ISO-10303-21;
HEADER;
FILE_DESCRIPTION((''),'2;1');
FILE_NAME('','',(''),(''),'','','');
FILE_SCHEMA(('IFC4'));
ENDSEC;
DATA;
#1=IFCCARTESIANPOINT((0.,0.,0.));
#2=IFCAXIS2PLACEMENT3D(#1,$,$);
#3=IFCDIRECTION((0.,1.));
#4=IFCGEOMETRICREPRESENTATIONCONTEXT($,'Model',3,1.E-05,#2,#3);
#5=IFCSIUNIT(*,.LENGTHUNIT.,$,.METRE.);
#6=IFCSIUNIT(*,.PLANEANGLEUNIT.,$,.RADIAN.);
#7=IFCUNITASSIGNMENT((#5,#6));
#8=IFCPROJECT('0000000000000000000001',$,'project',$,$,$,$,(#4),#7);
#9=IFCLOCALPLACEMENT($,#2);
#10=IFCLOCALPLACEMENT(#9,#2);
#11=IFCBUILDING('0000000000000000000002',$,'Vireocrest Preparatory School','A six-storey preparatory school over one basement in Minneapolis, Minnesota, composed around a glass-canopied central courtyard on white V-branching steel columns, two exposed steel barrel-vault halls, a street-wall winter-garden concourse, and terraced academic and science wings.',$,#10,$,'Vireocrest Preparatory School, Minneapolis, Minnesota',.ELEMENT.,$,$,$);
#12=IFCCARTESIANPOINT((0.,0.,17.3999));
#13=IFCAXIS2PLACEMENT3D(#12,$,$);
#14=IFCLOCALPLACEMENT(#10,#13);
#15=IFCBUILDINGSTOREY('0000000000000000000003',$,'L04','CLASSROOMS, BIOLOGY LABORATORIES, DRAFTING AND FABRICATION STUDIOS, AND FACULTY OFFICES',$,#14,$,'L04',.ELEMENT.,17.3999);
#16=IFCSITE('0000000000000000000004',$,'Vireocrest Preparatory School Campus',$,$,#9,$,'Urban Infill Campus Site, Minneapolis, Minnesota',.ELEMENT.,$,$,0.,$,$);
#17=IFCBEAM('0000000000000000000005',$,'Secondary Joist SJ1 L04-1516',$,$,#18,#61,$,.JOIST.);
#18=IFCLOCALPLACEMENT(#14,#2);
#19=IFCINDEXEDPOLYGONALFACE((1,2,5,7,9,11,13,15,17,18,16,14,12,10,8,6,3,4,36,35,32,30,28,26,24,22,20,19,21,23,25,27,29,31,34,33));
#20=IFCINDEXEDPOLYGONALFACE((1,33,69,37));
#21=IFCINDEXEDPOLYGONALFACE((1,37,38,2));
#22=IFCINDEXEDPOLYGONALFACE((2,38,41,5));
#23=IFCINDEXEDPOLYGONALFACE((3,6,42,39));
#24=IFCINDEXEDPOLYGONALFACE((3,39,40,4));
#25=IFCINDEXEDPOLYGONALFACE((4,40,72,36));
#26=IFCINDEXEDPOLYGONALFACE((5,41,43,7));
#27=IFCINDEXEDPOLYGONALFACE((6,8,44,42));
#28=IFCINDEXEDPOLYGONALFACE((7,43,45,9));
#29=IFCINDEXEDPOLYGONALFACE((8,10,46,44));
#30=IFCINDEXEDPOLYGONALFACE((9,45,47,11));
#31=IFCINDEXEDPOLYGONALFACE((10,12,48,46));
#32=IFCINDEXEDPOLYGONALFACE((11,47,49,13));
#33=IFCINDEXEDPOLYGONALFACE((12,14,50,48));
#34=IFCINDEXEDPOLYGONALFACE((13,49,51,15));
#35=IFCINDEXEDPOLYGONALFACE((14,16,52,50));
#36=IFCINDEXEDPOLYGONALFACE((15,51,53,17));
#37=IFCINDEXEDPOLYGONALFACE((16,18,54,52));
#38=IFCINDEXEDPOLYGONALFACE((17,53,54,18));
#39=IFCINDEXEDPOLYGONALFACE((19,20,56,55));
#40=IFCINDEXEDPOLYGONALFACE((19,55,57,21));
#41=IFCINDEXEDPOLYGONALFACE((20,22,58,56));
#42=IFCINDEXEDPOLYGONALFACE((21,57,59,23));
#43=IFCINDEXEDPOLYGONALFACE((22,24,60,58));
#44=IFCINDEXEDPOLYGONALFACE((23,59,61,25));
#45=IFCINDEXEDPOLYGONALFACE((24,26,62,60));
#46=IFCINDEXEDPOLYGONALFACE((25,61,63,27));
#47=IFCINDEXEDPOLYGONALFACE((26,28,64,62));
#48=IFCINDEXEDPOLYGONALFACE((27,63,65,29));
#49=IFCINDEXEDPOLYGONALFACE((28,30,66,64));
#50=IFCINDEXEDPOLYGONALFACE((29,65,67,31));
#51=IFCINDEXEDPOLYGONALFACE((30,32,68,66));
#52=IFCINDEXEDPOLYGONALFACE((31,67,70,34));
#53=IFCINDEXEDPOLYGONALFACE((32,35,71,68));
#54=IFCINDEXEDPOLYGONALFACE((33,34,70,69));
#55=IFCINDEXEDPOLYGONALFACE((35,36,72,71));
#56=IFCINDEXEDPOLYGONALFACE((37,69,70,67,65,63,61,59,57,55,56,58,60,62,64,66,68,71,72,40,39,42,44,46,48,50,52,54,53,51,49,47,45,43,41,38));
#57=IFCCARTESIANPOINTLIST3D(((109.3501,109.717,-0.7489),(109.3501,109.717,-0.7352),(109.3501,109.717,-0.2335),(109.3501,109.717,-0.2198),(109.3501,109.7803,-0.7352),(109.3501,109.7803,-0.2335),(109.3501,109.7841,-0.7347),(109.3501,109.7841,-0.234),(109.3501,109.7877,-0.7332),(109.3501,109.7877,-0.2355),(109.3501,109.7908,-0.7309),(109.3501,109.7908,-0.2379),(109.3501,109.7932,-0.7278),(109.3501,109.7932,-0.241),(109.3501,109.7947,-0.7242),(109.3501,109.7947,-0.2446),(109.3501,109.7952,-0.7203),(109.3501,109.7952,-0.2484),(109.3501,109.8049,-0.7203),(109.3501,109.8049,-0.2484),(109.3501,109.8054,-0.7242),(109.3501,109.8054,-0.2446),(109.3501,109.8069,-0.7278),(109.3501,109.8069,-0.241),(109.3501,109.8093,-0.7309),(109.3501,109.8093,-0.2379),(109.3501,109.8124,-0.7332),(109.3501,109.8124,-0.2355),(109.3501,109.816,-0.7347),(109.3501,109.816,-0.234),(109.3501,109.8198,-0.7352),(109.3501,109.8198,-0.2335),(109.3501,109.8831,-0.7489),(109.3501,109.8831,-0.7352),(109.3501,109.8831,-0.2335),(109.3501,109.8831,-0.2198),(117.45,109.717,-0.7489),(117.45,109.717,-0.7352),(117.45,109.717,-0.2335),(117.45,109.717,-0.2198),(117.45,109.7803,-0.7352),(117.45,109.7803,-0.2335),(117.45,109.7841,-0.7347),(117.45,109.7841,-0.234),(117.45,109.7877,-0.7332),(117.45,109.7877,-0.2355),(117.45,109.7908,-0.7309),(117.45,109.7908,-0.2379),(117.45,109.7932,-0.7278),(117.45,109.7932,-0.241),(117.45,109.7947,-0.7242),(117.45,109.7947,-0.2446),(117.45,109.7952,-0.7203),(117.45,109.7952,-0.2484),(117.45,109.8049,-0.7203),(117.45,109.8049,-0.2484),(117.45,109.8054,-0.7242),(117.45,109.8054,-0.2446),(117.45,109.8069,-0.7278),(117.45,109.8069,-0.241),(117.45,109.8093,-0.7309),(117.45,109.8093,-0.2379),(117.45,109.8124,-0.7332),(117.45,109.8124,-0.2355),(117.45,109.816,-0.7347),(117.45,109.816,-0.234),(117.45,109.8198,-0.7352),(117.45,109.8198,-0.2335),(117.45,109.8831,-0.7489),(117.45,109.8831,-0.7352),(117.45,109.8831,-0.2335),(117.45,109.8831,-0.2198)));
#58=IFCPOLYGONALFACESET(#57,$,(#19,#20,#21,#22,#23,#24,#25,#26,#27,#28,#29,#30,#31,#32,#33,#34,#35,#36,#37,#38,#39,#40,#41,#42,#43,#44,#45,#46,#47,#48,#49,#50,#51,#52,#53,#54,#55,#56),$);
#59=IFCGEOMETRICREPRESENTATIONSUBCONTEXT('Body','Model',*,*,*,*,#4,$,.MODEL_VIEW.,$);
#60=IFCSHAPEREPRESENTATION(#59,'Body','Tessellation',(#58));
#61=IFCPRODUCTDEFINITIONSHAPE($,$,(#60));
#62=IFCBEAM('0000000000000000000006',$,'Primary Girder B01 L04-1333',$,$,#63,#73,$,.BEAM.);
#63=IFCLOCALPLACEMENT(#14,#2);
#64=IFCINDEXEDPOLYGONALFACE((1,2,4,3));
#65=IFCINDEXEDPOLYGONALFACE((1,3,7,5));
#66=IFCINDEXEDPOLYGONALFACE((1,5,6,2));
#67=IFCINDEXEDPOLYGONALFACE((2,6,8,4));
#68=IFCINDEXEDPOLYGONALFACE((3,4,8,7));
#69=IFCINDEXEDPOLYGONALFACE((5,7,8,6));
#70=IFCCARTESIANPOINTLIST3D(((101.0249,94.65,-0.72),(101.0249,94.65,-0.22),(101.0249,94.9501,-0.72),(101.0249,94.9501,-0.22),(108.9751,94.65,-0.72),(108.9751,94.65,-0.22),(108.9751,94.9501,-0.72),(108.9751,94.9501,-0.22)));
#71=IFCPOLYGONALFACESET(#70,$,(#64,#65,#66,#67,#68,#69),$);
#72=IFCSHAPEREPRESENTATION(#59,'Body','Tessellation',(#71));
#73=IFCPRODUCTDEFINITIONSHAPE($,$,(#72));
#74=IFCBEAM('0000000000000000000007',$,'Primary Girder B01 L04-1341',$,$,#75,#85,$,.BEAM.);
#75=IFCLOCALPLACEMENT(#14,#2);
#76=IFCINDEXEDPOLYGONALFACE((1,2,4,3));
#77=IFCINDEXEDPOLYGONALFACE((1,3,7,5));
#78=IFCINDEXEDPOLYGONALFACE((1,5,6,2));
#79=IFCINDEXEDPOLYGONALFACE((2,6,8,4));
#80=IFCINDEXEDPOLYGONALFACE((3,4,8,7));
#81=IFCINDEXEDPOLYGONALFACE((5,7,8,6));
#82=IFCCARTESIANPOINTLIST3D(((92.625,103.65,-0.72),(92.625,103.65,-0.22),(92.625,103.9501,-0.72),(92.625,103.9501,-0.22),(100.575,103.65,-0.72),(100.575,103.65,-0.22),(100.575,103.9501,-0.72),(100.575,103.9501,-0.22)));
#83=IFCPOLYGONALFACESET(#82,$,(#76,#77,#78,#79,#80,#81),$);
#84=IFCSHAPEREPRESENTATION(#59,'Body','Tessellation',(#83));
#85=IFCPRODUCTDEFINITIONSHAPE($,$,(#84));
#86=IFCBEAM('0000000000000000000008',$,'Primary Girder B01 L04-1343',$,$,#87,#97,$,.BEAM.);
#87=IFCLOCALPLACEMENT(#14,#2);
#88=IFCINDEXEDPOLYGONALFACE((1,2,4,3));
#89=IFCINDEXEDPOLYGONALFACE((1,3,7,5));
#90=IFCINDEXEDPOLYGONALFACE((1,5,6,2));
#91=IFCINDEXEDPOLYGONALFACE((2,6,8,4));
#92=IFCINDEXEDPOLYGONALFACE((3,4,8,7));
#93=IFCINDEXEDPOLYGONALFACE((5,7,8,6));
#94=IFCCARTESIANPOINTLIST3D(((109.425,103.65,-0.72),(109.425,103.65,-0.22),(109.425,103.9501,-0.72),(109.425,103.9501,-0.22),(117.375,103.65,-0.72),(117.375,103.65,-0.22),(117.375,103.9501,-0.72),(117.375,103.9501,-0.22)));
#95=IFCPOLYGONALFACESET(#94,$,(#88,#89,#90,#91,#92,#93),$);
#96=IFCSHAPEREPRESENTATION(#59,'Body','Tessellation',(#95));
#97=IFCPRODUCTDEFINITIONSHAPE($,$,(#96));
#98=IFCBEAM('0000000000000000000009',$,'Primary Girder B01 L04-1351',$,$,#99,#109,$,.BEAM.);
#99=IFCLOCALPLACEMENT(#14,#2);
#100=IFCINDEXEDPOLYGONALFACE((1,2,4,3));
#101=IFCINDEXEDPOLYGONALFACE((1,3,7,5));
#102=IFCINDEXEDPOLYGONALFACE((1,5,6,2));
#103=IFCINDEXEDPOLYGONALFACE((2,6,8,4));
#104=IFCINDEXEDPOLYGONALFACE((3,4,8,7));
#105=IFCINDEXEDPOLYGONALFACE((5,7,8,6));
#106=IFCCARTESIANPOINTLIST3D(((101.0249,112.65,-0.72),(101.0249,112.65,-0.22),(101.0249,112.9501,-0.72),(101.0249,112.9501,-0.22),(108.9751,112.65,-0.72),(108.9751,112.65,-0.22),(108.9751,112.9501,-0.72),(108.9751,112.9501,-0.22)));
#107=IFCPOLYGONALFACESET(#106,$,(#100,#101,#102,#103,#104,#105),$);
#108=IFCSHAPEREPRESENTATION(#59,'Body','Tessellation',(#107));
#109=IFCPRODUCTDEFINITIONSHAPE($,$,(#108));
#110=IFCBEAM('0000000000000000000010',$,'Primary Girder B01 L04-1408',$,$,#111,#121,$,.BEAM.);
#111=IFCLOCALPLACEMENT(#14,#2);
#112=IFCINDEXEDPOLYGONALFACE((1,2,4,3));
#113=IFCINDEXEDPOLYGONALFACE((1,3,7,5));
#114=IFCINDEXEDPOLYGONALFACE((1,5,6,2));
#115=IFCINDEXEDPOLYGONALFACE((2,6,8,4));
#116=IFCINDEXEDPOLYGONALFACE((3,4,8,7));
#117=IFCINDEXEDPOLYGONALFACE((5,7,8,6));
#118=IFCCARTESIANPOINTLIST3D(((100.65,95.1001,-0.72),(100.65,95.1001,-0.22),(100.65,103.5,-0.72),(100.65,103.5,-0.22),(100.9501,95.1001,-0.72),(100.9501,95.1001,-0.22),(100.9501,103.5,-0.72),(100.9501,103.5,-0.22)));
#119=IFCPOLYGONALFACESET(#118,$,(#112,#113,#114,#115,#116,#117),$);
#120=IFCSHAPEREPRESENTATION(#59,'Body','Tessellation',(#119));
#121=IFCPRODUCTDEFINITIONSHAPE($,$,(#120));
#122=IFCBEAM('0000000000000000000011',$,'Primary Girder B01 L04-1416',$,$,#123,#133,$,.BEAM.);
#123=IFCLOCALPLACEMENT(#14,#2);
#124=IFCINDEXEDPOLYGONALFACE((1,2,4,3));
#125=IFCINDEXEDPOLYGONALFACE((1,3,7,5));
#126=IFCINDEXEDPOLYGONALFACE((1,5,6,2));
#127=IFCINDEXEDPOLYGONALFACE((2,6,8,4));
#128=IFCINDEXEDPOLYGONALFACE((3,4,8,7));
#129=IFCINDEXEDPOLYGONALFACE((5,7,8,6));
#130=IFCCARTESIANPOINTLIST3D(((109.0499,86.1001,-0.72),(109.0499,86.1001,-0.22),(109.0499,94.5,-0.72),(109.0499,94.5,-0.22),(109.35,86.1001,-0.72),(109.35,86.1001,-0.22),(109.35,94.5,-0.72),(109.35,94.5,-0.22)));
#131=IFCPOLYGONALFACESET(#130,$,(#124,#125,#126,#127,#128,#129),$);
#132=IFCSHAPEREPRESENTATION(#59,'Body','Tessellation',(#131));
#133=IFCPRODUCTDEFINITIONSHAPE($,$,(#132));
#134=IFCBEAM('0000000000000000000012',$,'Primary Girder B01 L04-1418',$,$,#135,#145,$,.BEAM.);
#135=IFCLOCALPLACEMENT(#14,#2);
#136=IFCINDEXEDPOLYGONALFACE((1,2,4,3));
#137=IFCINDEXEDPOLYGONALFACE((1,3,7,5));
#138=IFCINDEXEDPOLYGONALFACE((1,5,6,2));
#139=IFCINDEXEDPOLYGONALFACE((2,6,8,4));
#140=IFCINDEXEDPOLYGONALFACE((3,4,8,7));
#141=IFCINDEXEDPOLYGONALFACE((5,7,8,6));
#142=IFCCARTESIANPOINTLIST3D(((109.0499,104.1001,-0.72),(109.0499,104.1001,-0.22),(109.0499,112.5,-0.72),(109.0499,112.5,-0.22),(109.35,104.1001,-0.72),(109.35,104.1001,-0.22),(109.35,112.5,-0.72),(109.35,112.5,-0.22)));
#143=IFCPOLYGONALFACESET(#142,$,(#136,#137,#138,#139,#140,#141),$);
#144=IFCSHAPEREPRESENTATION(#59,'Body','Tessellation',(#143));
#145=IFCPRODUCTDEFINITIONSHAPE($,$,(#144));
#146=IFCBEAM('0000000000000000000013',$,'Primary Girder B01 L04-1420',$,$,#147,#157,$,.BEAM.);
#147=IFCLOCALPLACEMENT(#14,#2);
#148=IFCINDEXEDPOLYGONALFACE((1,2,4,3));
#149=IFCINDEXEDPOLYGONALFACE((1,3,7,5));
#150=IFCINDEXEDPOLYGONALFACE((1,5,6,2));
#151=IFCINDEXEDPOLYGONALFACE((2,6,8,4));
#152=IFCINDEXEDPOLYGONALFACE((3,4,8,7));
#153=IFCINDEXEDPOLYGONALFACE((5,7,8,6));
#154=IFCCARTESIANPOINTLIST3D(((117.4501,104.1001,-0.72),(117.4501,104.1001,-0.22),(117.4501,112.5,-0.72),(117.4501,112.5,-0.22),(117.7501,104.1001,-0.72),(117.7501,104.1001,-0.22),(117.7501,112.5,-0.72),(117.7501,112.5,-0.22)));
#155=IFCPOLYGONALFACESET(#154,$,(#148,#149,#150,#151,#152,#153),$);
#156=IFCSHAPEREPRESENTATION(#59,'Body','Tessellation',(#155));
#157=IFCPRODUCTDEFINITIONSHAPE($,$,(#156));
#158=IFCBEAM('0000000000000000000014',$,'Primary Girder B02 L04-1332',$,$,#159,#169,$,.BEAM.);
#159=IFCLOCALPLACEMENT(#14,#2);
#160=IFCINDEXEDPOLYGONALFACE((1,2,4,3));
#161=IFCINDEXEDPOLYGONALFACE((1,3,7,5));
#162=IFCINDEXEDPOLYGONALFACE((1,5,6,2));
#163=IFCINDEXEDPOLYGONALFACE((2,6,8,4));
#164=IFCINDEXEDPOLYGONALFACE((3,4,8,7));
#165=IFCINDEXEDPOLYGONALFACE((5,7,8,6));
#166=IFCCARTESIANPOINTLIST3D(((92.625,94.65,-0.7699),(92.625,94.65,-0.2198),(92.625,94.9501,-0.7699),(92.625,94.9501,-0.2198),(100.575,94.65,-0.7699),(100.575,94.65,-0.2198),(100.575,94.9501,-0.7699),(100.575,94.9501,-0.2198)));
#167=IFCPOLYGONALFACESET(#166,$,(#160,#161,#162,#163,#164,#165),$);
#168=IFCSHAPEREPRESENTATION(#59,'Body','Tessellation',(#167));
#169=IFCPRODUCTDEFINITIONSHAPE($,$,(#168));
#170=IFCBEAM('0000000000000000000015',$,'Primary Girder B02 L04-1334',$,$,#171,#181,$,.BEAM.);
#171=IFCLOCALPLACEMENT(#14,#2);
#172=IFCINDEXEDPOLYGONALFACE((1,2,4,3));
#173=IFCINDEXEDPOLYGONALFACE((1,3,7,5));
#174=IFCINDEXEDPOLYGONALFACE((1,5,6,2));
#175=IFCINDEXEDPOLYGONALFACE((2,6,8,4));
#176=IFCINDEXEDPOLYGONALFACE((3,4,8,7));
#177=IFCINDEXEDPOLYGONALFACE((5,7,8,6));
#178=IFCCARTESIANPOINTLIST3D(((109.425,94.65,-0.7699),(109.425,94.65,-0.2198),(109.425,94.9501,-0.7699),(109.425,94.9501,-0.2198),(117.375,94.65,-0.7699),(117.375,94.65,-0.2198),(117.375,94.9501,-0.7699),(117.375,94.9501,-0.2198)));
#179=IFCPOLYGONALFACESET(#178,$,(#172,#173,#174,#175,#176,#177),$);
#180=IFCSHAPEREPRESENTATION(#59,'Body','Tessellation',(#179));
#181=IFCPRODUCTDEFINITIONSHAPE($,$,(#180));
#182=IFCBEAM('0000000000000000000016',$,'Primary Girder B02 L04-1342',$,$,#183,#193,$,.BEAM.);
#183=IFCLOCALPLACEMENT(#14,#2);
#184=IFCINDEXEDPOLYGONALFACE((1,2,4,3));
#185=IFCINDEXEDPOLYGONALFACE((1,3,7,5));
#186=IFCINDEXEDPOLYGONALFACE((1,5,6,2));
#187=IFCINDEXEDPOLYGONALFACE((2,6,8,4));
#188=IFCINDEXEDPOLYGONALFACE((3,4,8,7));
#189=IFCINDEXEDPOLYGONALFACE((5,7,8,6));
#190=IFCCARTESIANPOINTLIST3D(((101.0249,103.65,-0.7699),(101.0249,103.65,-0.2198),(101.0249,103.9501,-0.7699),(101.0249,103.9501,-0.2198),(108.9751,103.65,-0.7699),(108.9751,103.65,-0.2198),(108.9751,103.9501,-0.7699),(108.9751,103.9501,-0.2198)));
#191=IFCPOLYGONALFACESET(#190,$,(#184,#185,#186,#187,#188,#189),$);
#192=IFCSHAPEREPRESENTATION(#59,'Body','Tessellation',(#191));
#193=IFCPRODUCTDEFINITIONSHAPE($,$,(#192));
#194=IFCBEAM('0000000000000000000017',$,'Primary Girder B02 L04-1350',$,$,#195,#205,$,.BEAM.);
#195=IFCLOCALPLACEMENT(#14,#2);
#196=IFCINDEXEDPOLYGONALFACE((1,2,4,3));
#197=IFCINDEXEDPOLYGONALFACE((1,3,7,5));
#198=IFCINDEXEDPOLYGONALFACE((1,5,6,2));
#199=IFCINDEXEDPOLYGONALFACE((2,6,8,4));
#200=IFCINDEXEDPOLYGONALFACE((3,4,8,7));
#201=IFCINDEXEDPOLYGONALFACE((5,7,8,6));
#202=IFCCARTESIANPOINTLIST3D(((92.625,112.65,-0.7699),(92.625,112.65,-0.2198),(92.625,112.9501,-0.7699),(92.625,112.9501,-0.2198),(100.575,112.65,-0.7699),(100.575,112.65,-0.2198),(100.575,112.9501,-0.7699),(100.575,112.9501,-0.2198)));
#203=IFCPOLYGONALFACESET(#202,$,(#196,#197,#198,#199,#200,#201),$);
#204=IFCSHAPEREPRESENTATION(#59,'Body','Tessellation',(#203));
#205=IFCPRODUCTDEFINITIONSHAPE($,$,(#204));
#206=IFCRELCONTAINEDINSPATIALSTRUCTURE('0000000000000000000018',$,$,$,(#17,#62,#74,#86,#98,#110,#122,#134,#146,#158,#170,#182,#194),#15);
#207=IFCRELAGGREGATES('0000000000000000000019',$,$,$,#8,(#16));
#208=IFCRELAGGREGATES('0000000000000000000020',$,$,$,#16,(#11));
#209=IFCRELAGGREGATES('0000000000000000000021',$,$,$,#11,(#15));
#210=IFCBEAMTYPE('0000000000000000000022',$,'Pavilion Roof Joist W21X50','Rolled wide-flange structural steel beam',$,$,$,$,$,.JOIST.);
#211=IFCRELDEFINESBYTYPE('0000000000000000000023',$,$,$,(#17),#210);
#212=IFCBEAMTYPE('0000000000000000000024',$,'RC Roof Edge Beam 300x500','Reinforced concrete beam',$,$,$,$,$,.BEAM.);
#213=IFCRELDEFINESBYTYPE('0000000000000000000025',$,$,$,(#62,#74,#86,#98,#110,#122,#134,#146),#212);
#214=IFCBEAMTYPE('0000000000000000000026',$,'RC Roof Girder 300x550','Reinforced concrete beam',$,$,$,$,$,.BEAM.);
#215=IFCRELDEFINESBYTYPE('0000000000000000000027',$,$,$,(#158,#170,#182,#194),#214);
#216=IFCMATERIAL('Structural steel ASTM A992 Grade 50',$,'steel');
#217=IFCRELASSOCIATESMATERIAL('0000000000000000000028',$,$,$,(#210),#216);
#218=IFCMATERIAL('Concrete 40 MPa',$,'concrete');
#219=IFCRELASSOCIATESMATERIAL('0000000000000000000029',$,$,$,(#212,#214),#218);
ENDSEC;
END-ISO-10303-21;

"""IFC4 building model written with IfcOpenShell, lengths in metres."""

from ifc_helpers import new_model, si_unit, direction, frame, origin, origin_2d, place, context, subcontext, project, spatial, rectangle, i_section, extrude, material, material_profile, profile_set, type_object, element, save


model = new_model("IFC4")

# Units and contexts
model_context = context("Model", 3, precision=1e-05, world=origin(), true_north=direction((0.0, 1.0)))
body_context = subcontext(model_context, "Body", "Model", "MODEL_VIEW")
ifc_project = project(units=[si_unit("LENGTHUNIT", "METRE"), si_unit("PLANEANGLEUNIT", "RADIAN")], contexts=[model_context])

# Site, building, storey
site_placement = place(None, origin())
site = spatial("IfcSite", under=ifc_project, at=site_placement, Name="Vireocrest Preparatory School Campus", LongName="Urban Infill Campus Site, Minneapolis, Minnesota", CompositionType="ELEMENT", RefElevation=0.0)
building_placement = place(site_placement, origin())
building = spatial("IfcBuilding", under=site, at=building_placement, Name="Vireocrest Preparatory School", Description="A six-storey preparatory school over one basement in Minneapolis, Minnesota, composed around a glass-canopied central courtyard on white V-branching steel columns, two exposed steel barrel-vault halls, a street-wall winter-garden concourse, and terraced academic and science wings.", LongName="Vireocrest Preparatory School, Minneapolis, Minnesota", CompositionType="ELEMENT")
storey_placement = place(building_placement, frame((0.0, 0.0, 17.3999)))
storey = spatial("IfcBuildingStorey", under=building, at=storey_placement, Name="L04", Description="CLASSROOMS, BIOLOGY LABORATORIES, DRAFTING AND FABRICATION STUDIOS, AND FACULTY OFFICES", LongName="L04", CompositionType="ELEMENT", Elevation=17.3999)

# Beams
ifc_material_1 = material(Name="Structural steel ASTM A992 Grade 50", Category="steel")
ifc_material_profile_1 = material_profile(ifc_material_1, i_section(OverallWidth=0.166, OverallDepth=0.5291, WebThickness=0.0098, FlangeThickness=0.0137, FilletRadius=0.0149, at=origin_2d()), Name="W21X50")
ifc_profile_set_1 = profile_set([ifc_material_profile_1], Name="Structural steel ASTM A992 Grade 50")
beam_type_1 = type_object("IfcBeamType", Name="Pavilion Roof Joist W21X50", Description="Rolled wide-flange structural steel beam", PredefinedType="JOIST", material=ifc_profile_set_1)
for number, where, z_axis, x_axis, name in (
    (1, (109.3501, 109.8, -0.4844), (1.0, 0.0, 0.0), (0.0, 1.0, 0.0), "Secondary Joist SJ1 L04-1516"),
):
    element("IfcBeam", number, at=place(storey_placement, frame(where, z_axis=z_axis, x_axis=x_axis)), inside=storey, type_object=beam_type_1, Name=name, PredefinedType="JOIST", context=body_context, shape_type="SweptSolid", body=[
        extrude(i_section(OverallWidth=0.166, OverallDepth=0.5291, WebThickness=0.0098, FlangeThickness=0.0137, FilletRadius=0.0149, at=origin_2d()), origin(), (0.0, 0.0, 1.0), 8.0999),
    ])
ifc_material_2 = material(Name="Concrete 40 MPa", Category="concrete")
ifc_material_profile_2 = material_profile(ifc_material_2, rectangle(XDim=0.3, YDim=0.5, at=origin_2d()), Name="RC 300x500")
ifc_profile_set_2 = profile_set([ifc_material_profile_2], Name="Concrete 40 MPa")
beam_type_2 = type_object("IfcBeamType", Name="RC Roof Edge Beam 300x500", Description="Reinforced concrete beam", PredefinedType="BEAM", material=ifc_profile_set_2)
beam_1_placement = place(storey_placement, frame((101.0249, 94.8, -0.47), z_axis=(1.0, 0.0, 0.0), x_axis=(0.0, 1.0, 0.0)))
element("IfcBeam", 2, at=beam_1_placement, inside=storey, type_object=beam_type_2, Name="Primary Girder B01 L04-1333", PredefinedType="BEAM", context=body_context, shape_type="SweptSolid", body=[
    extrude(rectangle(XDim=0.3, YDim=0.5, at=origin_2d()), origin(), (0.0, 0.0, 1.0), 7.9502),
])
for number, where, z_axis, x_axis, name in (
    (3, (92.625, 103.8, -0.47), (1.0, 0.0, 0.0), (0.0, 1.0, 0.0), "Primary Girder B01 L04-1341"),
    (4, (109.425, 103.8, -0.47), (1.0, 0.0, 0.0), (0.0, 1.0, 0.0), "Primary Girder B01 L04-1343"),
):
    element("IfcBeam", number, at=place(storey_placement, frame(where, z_axis=z_axis, x_axis=x_axis)), inside=storey, type_object=beam_type_2, Name=name, PredefinedType="BEAM", context=body_context, shape_type="SweptSolid", body=[
        extrude(rectangle(XDim=0.3, YDim=0.5, at=origin_2d()), origin(), (0.0, 0.0, 1.0), 7.95),
    ])
beam_2_placement = place(storey_placement, frame((101.0249, 112.8, -0.47), z_axis=(1.0, 0.0, 0.0), x_axis=(0.0, 1.0, 0.0)))
element("IfcBeam", 5, at=beam_2_placement, inside=storey, type_object=beam_type_2, Name="Primary Girder B01 L04-1351", PredefinedType="BEAM", context=body_context, shape_type="SweptSolid", body=[
    extrude(rectangle(XDim=0.3, YDim=0.5, at=origin_2d()), origin(), (0.0, 0.0, 1.0), 7.9502),
])
for number, where, z_axis, x_axis, name in (
    (6, (100.8, 95.1001, -0.47), (0.0, 1.0, 0.0), (-1.0, 0.0, 0.0), "Primary Girder B01 L04-1408"),
    (7, (109.2, 86.1001, -0.47), (0.0, 1.0, 0.0), (-1.0, 0.0, 0.0), "Primary Girder B01 L04-1416"),
    (8, (109.2, 104.1001, -0.47), (0.0, 1.0, 0.0), (-1.0, 0.0, 0.0), "Primary Girder B01 L04-1418"),
    (9, (117.6001, 104.1001, -0.47), (0.0, 1.0, 0.0), (-1.0, 0.0, 0.0), "Primary Girder B01 L04-1420"),
):
    element("IfcBeam", number, at=place(storey_placement, frame(where, z_axis=z_axis, x_axis=x_axis)), inside=storey, type_object=beam_type_2, Name=name, PredefinedType="BEAM", context=body_context, shape_type="SweptSolid", body=[
        extrude(rectangle(XDim=0.3, YDim=0.5, at=origin_2d()), origin(), (0.0, 0.0, 1.0), 8.3999),
    ])
ifc_material_profile_3 = material_profile(ifc_material_2, rectangle(XDim=0.3, YDim=0.55, at=origin_2d()), Name="RC 300x550")
ifc_profile_set_3 = profile_set([ifc_material_profile_3], Name="Concrete 40 MPa")
beam_type_3 = type_object("IfcBeamType", Name="RC Roof Girder 300x550", Description="Reinforced concrete beam", PredefinedType="BEAM", material=ifc_profile_set_3)
for number, where, z_axis, x_axis, name in (
    (10, (92.625, 94.8, -0.4949), (1.0, 0.0, 0.0), (0.0, 1.0, 0.0), "Primary Girder B02 L04-1332"),
    (11, (109.425, 94.8, -0.4949), (1.0, 0.0, 0.0), (0.0, 1.0, 0.0), "Primary Girder B02 L04-1334"),
):
    element("IfcBeam", number, at=place(storey_placement, frame(where, z_axis=z_axis, x_axis=x_axis)), inside=storey, type_object=beam_type_3, Name=name, PredefinedType="BEAM", context=body_context, shape_type="SweptSolid", body=[
        extrude(rectangle(XDim=0.3, YDim=0.55, at=origin_2d()), origin(), (0.0, 0.0, 1.0), 7.95),
    ])
beam_3_placement = place(storey_placement, frame((101.0249, 103.8, -0.4949), z_axis=(1.0, 0.0, 0.0), x_axis=(0.0, 1.0, 0.0)))
element("IfcBeam", 12, at=beam_3_placement, inside=storey, type_object=beam_type_3, Name="Primary Girder B02 L04-1342", PredefinedType="BEAM", context=body_context, shape_type="SweptSolid", body=[
    extrude(rectangle(XDim=0.3, YDim=0.55, at=origin_2d()), origin(), (0.0, 0.0, 1.0), 7.9502),
])
for number, where, z_axis, x_axis, name in (
    (13, (92.625, 112.8, -0.4949), (1.0, 0.0, 0.0), (0.0, 1.0, 0.0), "Primary Girder B02 L04-1350"),
):
    element("IfcBeam", number, at=place(storey_placement, frame(where, z_axis=z_axis, x_axis=x_axis)), inside=storey, type_object=beam_type_3, Name=name, PredefinedType="BEAM", context=body_context, shape_type="SweptSolid", body=[
        extrude(rectangle(XDim=0.3, YDim=0.55, at=origin_2d()), origin(), (0.0, 0.0, 1.0), 7.95),
    ])

save(model, "model.ifc")
